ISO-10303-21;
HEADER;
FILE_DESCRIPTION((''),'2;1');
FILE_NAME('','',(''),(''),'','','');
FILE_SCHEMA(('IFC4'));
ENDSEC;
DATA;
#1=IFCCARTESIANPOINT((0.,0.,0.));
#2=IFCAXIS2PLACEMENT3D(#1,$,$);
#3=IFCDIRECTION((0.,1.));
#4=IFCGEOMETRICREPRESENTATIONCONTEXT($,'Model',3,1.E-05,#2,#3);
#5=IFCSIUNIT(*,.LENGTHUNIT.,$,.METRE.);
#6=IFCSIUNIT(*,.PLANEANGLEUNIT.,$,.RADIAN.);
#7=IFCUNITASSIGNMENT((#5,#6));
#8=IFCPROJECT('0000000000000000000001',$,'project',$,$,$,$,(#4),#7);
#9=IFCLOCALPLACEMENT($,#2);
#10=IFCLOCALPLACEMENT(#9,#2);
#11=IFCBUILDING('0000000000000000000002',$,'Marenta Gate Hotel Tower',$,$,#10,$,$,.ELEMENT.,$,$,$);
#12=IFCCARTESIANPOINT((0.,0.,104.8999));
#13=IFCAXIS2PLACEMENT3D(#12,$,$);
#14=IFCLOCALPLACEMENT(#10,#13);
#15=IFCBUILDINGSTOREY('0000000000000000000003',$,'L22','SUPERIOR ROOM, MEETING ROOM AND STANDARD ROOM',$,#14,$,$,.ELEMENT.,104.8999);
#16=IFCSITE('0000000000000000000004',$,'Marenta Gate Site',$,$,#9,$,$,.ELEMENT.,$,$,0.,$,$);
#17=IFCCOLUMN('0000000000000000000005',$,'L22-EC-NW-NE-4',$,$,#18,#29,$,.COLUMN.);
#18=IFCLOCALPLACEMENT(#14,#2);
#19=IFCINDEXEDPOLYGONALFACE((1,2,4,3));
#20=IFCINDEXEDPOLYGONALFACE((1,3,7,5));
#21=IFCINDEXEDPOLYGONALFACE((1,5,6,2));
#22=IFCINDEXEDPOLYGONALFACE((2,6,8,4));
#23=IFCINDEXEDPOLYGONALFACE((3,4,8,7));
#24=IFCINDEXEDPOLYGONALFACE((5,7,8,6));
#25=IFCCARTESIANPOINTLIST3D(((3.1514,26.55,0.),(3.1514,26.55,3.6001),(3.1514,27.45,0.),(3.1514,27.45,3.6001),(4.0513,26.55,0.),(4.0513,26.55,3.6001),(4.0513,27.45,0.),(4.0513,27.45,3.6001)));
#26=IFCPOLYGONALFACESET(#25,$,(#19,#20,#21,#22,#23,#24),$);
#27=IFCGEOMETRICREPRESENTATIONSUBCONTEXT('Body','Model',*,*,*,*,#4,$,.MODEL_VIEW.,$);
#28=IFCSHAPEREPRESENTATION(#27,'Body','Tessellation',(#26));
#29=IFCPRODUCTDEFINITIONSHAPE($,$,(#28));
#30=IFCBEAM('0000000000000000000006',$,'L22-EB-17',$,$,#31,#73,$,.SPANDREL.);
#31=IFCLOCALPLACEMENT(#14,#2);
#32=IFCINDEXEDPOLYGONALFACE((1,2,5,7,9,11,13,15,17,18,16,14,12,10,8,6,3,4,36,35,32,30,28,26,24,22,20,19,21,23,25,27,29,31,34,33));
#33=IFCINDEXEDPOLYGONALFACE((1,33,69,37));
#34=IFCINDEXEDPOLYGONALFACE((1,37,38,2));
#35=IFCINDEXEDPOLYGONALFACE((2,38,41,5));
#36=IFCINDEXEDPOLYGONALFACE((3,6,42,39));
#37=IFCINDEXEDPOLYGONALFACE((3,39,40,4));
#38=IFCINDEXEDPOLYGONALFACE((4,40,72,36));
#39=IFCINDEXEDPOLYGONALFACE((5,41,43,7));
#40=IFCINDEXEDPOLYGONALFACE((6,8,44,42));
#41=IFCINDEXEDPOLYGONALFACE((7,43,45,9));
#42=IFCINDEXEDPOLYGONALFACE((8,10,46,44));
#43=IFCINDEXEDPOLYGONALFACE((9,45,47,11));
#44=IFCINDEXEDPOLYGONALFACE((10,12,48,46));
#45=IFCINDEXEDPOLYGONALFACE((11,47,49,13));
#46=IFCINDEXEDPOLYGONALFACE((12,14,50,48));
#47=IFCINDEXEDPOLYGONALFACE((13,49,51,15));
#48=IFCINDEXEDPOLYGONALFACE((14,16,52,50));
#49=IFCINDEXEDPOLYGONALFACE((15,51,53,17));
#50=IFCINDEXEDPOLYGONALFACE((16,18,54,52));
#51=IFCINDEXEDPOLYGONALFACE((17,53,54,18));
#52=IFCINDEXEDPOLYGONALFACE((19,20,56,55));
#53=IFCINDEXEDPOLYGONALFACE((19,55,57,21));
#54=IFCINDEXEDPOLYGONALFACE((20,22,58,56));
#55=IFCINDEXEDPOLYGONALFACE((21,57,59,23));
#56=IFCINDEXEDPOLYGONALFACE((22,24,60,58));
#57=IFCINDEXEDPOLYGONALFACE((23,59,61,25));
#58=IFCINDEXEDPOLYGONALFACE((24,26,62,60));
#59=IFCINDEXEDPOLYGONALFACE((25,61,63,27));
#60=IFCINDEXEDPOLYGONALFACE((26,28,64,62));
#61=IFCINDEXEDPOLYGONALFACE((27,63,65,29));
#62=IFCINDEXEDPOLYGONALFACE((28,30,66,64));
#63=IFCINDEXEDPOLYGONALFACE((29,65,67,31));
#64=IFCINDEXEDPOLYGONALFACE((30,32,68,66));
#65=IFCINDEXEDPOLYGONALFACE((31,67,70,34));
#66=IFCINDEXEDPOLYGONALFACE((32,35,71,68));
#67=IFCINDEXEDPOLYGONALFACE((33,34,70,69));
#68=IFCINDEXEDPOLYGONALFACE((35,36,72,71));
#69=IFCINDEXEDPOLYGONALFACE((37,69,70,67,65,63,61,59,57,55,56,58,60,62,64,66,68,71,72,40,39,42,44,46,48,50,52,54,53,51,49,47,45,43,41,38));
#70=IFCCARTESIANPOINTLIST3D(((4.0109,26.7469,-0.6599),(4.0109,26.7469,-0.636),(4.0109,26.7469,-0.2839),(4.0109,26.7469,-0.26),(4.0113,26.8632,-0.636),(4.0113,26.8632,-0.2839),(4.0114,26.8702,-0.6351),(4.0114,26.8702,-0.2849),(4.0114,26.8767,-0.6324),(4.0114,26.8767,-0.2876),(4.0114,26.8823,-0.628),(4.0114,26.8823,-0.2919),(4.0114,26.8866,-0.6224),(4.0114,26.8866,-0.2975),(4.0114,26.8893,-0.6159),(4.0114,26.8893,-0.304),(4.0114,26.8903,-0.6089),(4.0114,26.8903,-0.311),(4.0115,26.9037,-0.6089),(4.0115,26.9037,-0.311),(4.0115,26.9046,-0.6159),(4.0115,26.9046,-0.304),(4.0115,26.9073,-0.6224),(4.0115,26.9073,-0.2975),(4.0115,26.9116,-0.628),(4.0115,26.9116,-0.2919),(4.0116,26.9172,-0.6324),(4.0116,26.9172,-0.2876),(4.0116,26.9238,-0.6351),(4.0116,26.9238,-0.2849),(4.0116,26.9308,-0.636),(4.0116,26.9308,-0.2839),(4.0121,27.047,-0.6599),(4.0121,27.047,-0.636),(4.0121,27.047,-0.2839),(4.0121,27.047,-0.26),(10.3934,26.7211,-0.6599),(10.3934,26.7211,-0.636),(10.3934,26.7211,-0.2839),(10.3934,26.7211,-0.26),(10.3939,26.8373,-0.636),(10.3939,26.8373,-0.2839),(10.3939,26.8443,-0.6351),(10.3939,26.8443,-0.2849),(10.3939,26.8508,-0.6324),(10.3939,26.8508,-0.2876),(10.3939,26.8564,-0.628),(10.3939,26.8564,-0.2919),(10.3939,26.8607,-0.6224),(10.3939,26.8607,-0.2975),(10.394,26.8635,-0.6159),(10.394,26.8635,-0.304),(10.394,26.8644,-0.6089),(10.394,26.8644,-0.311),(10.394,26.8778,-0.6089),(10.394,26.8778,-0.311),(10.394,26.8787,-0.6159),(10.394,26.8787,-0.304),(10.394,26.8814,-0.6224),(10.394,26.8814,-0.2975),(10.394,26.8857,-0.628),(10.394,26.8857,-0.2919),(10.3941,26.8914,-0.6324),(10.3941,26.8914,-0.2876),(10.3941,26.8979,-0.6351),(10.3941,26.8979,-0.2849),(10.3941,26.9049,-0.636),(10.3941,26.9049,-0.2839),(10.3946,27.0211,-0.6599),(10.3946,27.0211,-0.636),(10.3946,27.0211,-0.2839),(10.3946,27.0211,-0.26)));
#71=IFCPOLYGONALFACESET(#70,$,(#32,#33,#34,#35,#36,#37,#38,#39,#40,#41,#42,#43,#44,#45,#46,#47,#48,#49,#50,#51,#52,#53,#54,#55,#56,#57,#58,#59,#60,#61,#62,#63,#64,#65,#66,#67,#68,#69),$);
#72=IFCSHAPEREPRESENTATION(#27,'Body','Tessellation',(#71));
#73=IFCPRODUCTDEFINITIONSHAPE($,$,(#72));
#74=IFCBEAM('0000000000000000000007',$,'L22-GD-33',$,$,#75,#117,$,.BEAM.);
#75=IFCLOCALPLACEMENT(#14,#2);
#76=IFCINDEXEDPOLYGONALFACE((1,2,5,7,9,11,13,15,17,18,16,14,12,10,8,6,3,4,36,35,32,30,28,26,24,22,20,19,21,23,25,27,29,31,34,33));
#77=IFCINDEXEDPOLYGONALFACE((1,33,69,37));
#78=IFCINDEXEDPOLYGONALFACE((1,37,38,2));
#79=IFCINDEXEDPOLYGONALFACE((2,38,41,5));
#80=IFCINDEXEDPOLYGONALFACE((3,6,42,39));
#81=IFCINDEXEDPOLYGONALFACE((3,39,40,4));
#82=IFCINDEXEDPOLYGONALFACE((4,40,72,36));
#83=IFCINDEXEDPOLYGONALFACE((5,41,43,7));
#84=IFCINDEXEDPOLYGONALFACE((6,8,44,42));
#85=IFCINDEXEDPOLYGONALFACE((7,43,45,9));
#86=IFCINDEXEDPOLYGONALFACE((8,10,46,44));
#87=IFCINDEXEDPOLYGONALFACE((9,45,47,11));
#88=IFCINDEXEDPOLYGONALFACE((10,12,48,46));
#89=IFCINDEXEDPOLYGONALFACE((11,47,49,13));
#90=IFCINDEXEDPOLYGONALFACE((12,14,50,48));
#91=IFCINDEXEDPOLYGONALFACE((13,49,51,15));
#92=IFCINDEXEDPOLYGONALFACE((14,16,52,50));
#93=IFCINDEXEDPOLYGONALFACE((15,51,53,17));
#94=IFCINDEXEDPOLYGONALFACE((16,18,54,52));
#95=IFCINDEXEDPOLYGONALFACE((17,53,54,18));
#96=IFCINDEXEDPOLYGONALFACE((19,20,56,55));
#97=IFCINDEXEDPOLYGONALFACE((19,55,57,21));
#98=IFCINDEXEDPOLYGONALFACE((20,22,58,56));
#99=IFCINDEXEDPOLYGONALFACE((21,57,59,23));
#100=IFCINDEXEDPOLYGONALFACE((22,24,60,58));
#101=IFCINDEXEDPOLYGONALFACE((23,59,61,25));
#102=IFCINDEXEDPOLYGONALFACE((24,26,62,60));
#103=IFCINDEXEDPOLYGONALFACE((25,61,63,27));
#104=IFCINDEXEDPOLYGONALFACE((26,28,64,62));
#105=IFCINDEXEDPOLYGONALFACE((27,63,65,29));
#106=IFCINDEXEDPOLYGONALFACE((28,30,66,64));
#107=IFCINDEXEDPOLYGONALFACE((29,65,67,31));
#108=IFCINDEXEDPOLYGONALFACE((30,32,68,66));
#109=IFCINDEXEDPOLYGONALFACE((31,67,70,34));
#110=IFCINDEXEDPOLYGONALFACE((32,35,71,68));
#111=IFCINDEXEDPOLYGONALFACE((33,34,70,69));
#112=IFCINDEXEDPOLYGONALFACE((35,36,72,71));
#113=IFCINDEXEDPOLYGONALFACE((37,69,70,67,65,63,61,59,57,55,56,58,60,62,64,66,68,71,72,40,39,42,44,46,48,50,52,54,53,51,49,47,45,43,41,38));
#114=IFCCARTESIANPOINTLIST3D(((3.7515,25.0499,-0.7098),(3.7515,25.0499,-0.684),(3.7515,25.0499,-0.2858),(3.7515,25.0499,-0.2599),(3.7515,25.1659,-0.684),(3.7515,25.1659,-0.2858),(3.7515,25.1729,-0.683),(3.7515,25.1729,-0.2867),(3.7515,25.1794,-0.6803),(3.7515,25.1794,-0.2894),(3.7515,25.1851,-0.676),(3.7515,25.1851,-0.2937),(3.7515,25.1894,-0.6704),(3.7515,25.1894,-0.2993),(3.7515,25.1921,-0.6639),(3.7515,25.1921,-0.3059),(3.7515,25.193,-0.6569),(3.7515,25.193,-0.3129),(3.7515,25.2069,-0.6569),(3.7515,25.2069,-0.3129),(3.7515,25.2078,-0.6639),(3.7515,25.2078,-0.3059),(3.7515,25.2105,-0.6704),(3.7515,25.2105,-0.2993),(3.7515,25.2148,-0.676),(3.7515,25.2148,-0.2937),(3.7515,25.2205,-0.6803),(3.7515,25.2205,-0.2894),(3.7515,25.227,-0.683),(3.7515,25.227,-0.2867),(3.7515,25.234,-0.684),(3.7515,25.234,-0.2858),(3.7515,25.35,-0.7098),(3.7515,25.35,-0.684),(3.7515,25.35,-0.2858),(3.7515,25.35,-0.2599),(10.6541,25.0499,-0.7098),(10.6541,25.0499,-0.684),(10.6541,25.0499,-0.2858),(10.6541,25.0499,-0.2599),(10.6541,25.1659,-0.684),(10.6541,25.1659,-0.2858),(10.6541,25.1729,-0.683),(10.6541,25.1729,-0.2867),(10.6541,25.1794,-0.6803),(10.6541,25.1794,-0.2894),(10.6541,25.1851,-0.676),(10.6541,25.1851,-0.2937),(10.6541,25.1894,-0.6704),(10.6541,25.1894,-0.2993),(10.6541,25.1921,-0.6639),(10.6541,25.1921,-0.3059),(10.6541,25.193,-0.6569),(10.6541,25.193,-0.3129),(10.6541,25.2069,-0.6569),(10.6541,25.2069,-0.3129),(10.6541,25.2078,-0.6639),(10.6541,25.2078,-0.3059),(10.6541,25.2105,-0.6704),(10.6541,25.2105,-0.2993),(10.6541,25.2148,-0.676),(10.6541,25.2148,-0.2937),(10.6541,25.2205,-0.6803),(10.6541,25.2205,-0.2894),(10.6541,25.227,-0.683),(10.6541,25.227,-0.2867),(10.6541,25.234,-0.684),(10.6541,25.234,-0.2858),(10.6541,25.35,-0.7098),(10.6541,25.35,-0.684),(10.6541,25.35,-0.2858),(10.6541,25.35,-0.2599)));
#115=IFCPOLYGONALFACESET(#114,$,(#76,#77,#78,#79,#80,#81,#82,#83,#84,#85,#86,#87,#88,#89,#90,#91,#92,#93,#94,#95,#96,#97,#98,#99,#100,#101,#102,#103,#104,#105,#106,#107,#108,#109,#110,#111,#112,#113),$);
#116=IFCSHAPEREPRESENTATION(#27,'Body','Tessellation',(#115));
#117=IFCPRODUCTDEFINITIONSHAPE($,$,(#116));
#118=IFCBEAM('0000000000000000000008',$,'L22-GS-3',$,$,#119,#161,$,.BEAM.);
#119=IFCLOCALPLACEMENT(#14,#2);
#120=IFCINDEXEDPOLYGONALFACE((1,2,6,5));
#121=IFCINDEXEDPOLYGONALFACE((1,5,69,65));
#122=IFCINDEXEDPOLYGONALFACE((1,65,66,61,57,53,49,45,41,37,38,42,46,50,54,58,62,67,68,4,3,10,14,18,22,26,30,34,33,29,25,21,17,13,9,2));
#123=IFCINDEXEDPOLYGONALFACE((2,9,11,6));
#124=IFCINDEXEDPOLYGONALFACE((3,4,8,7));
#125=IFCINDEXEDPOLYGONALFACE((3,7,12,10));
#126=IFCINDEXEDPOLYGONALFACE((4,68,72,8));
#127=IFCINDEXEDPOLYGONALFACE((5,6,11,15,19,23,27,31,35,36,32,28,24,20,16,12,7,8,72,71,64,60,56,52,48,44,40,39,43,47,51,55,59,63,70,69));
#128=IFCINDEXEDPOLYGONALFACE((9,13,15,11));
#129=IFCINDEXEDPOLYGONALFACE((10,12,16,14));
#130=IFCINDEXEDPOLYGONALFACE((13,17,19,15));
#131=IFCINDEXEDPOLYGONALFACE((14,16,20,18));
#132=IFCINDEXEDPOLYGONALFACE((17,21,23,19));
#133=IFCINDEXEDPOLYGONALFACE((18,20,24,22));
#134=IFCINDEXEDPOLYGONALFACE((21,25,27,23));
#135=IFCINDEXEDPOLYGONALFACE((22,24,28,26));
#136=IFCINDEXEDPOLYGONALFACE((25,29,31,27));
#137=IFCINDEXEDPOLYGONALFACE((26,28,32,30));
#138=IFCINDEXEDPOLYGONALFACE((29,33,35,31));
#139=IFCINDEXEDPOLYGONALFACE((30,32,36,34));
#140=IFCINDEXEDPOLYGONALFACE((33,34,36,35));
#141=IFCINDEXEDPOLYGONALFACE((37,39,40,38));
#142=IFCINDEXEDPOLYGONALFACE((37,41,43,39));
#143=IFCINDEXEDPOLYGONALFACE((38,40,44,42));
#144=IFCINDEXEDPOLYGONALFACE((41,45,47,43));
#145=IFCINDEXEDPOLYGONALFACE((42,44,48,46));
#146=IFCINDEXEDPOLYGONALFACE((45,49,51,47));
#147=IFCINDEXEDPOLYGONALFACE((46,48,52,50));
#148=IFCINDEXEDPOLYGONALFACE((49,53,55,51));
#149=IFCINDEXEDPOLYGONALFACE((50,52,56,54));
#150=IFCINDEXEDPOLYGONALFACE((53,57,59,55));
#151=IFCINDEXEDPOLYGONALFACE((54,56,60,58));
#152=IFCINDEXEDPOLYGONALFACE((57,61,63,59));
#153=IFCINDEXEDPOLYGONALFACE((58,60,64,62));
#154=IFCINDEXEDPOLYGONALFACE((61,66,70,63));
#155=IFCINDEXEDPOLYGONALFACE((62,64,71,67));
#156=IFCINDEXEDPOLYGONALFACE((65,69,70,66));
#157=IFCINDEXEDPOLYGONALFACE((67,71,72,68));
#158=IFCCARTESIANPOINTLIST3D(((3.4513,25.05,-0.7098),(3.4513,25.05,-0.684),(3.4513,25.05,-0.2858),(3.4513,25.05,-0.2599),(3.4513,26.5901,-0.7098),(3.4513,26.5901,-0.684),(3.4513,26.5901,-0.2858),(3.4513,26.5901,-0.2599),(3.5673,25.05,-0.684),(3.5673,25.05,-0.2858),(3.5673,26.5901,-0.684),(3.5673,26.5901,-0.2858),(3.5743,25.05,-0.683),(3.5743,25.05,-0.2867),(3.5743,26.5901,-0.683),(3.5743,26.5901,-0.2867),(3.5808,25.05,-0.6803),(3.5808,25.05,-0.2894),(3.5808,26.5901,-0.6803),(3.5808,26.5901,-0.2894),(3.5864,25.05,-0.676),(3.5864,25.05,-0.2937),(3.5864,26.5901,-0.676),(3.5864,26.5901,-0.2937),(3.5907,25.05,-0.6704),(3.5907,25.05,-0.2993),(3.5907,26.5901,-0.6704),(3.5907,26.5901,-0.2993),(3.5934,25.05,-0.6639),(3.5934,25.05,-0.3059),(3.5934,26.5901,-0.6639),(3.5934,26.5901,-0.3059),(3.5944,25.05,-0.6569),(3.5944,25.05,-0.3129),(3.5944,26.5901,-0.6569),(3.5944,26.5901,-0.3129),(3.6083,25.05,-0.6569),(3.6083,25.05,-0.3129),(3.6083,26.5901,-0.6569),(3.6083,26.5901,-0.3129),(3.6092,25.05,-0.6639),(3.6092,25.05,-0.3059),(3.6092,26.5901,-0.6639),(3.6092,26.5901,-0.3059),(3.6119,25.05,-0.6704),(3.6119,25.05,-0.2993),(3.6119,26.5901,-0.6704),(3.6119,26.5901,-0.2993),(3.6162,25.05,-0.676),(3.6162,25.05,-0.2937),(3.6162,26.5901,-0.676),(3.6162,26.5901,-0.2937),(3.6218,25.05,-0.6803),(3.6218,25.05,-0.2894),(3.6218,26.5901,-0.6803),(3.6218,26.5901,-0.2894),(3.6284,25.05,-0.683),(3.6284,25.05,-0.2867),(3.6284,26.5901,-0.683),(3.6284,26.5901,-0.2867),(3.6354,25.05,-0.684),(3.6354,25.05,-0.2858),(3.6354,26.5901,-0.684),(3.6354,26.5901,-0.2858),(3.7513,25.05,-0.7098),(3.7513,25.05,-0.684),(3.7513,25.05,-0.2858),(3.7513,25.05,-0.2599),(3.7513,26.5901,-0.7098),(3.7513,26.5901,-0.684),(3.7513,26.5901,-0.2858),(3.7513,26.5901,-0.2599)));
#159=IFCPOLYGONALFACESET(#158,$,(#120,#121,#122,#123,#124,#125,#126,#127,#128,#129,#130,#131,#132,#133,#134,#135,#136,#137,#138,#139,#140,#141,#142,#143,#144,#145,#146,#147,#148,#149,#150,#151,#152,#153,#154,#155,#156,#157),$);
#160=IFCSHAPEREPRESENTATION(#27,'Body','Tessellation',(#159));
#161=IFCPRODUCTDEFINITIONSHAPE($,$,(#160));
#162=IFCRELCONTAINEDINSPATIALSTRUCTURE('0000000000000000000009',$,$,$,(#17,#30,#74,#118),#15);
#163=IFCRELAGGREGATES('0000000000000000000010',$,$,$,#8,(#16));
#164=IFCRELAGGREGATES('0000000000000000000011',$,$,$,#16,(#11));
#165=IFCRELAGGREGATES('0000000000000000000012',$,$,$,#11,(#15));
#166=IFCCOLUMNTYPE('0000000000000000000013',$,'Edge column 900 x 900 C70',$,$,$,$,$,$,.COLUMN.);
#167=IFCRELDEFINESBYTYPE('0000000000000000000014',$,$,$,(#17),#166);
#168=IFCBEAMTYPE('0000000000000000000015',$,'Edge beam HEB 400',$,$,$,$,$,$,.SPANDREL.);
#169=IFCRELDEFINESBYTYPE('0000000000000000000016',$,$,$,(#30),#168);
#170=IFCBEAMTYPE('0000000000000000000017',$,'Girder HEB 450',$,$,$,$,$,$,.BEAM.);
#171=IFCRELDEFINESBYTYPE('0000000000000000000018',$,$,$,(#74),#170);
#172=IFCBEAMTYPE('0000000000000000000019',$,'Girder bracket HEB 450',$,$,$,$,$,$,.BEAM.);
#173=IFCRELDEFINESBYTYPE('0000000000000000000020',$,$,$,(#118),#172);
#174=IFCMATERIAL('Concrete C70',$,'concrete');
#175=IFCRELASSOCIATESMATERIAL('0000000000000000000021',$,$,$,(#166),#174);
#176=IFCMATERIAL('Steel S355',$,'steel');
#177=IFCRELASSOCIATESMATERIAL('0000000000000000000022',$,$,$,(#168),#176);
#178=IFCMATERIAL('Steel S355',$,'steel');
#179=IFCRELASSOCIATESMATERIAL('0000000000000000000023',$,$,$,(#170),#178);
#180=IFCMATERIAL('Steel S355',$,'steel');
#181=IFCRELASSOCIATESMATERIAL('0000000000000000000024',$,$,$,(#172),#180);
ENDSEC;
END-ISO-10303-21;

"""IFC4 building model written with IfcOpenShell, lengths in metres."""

from ifc_helpers import new_model, si_unit, direction, frame, origin, origin_2d, place, context, subcontext, project, spatial, rectangle, i_section, extrude, material, material_profile, profile_set, type_object, element, save


model = new_model("IFC4")

# Units and contexts
model_context = context("Model", 3, precision=1e-05, world=origin(), true_north=direction((0.0, 1.0)))
body_context = subcontext(model_context, "Body", "Model", "MODEL_VIEW")
ifc_project = project(units=[si_unit("LENGTHUNIT", "METRE"), si_unit("PLANEANGLEUNIT", "RADIAN")], contexts=[model_context])

# Site, building, storey
site_placement = place(None, origin())
site = spatial("IfcSite", under=ifc_project, at=site_placement, Name="Marenta Gate Site", CompositionType="ELEMENT", RefElevation=0.0)
building_placement = place(site_placement, origin())
building = spatial("IfcBuilding", under=site, at=building_placement, Name="Marenta Gate Hotel Tower", CompositionType="ELEMENT")
storey_placement = place(building_placement, frame((0.0, 0.0, 104.8999)))
storey = spatial("IfcBuildingStorey", under=building, at=storey_placement, Name="L22", Description="SUPERIOR ROOM, MEETING ROOM AND STANDARD ROOM", CompositionType="ELEMENT", Elevation=104.8999)

# Column
ifc_material_1 = material(Name="Concrete C70", Category="concrete")
ifc_material_profile_1 = material_profile(ifc_material_1, rectangle(XDim=0.8999, YDim=0.8999, at=origin_2d()), Name="900 x 900")
ifc_profile_set_1 = profile_set([ifc_material_profile_1], Name="Concrete C70")
column_type = type_object("IfcColumnType", Name="Edge column 900 x 900 C70", PredefinedType="COLUMN", material=ifc_profile_set_1)
column_placement = place(storey_placement, frame((3.6013, 27.0, 0.0), z_axis=(0.0, 0.0, 1.0), x_axis=(1.0, 0.0, 0.0)))
element("IfcColumn", 1, at=column_placement, inside=storey, type_object=column_type, Name="L22-EC-NW-NE-4", PredefinedType="COLUMN", context=body_context, shape_type="SweptSolid", body=[
    extrude(rectangle(XDim=0.8999, YDim=0.8999, at=origin_2d()), origin(), (0.0, 0.0, 1.0), 3.6001),
])

# Beams
ifc_material_2 = material(Name="Steel S355", Category="steel")
ifc_material_profile_2 = material_profile(ifc_material_2, i_section(OverallWidth=0.3, OverallDepth=0.3999, WebThickness=0.0134, FlangeThickness=0.0239, FilletRadius=0.0271, at=origin_2d()), Name="HEB 400")
ifc_profile_set_2 = profile_set([ifc_material_profile_2], Name="Steel S355")
beam_type_1 = type_object("IfcBeamType", Name="Edge beam HEB 400", PredefinedType="SPANDREL", material=ifc_profile_set_2)
beam_1_placement = place(storey_placement, frame((4.0115, 26.897, -0.46), z_axis=(0.999992, -0.004055, 0.0), x_axis=(0.004055, 0.999992, 0.0)))
element("IfcBeam", 2, at=beam_1_placement, inside=storey, type_object=beam_type_1, Name="L22-EB-17", PredefinedType="SPANDREL", context=body_context, shape_type="SweptSolid", body=[
    extrude(i_section(OverallWidth=0.3, OverallDepth=0.3999, WebThickness=0.0134, FlangeThickness=0.0239, FilletRadius=0.0271, at=origin_2d()), origin(), (0.0, 0.0, 1.0), 6.3826),
])
ifc_material_3 = material(Name="Steel S355", Category="steel")
ifc_material_profile_3 = material_profile(ifc_material_3, i_section(OverallWidth=0.3, OverallDepth=0.45, WebThickness=0.0139, FlangeThickness=0.0259, FilletRadius=0.0271, at=origin_2d()), Name="HEB 450")
ifc_profile_set_3 = profile_set([ifc_material_profile_3], Name="Steel S355")
beam_type_2 = type_object("IfcBeamType", Name="Girder HEB 450", PredefinedType="BEAM", material=ifc_profile_set_3)
beam_2_placement = place(storey_placement, frame((3.7515, 25.2, -0.4849), z_axis=(1.0, 0.0, 0.0), x_axis=(0.0, 1.0, 0.0)))
element("IfcBeam", 3, at=beam_2_placement, inside=storey, type_object=beam_type_2, Name="L22-GD-33", PredefinedType="BEAM", context=body_context, shape_type="SweptSolid", body=[
    extrude(i_section(OverallWidth=0.3, OverallDepth=0.45, WebThickness=0.0139, FlangeThickness=0.0259, FilletRadius=0.0271, at=origin_2d()), origin(), (0.0, 0.0, 1.0), 6.9026),
])
ifc_material_4 = material(Name="Steel S355", Category="steel")
ifc_material_profile_4 = material_profile(ifc_material_4, i_section(OverallWidth=0.3, OverallDepth=0.45, WebThickness=0.0139, FlangeThickness=0.0259, FilletRadius=0.0271, at=origin_2d()), Name="HEB 450")
ifc_profile_set_4 = profile_set([ifc_material_profile_4], Name="Steel S355")
beam_type_3 = type_object("IfcBeamType", Name="Girder bracket HEB 450", PredefinedType="BEAM", material=ifc_profile_set_4)
beam_3_placement = place(storey_placement, frame((3.6013, 25.05, -0.4849), z_axis=(0.0, 1.0, 0.0), x_axis=(-1.0, 0.0, 0.0)))
element("IfcBeam", 4, at=beam_3_placement, inside=storey, type_object=beam_type_3, Name="L22-GS-3", PredefinedType="BEAM", context=body_context, shape_type="SweptSolid", body=[
    extrude(i_section(OverallWidth=0.3, OverallDepth=0.45, WebThickness=0.0139, FlangeThickness=0.0259, FilletRadius=0.0271, at=origin_2d()), origin(), (0.0, 0.0, 1.0), 1.54),
])

save(model, "model.ifc")
